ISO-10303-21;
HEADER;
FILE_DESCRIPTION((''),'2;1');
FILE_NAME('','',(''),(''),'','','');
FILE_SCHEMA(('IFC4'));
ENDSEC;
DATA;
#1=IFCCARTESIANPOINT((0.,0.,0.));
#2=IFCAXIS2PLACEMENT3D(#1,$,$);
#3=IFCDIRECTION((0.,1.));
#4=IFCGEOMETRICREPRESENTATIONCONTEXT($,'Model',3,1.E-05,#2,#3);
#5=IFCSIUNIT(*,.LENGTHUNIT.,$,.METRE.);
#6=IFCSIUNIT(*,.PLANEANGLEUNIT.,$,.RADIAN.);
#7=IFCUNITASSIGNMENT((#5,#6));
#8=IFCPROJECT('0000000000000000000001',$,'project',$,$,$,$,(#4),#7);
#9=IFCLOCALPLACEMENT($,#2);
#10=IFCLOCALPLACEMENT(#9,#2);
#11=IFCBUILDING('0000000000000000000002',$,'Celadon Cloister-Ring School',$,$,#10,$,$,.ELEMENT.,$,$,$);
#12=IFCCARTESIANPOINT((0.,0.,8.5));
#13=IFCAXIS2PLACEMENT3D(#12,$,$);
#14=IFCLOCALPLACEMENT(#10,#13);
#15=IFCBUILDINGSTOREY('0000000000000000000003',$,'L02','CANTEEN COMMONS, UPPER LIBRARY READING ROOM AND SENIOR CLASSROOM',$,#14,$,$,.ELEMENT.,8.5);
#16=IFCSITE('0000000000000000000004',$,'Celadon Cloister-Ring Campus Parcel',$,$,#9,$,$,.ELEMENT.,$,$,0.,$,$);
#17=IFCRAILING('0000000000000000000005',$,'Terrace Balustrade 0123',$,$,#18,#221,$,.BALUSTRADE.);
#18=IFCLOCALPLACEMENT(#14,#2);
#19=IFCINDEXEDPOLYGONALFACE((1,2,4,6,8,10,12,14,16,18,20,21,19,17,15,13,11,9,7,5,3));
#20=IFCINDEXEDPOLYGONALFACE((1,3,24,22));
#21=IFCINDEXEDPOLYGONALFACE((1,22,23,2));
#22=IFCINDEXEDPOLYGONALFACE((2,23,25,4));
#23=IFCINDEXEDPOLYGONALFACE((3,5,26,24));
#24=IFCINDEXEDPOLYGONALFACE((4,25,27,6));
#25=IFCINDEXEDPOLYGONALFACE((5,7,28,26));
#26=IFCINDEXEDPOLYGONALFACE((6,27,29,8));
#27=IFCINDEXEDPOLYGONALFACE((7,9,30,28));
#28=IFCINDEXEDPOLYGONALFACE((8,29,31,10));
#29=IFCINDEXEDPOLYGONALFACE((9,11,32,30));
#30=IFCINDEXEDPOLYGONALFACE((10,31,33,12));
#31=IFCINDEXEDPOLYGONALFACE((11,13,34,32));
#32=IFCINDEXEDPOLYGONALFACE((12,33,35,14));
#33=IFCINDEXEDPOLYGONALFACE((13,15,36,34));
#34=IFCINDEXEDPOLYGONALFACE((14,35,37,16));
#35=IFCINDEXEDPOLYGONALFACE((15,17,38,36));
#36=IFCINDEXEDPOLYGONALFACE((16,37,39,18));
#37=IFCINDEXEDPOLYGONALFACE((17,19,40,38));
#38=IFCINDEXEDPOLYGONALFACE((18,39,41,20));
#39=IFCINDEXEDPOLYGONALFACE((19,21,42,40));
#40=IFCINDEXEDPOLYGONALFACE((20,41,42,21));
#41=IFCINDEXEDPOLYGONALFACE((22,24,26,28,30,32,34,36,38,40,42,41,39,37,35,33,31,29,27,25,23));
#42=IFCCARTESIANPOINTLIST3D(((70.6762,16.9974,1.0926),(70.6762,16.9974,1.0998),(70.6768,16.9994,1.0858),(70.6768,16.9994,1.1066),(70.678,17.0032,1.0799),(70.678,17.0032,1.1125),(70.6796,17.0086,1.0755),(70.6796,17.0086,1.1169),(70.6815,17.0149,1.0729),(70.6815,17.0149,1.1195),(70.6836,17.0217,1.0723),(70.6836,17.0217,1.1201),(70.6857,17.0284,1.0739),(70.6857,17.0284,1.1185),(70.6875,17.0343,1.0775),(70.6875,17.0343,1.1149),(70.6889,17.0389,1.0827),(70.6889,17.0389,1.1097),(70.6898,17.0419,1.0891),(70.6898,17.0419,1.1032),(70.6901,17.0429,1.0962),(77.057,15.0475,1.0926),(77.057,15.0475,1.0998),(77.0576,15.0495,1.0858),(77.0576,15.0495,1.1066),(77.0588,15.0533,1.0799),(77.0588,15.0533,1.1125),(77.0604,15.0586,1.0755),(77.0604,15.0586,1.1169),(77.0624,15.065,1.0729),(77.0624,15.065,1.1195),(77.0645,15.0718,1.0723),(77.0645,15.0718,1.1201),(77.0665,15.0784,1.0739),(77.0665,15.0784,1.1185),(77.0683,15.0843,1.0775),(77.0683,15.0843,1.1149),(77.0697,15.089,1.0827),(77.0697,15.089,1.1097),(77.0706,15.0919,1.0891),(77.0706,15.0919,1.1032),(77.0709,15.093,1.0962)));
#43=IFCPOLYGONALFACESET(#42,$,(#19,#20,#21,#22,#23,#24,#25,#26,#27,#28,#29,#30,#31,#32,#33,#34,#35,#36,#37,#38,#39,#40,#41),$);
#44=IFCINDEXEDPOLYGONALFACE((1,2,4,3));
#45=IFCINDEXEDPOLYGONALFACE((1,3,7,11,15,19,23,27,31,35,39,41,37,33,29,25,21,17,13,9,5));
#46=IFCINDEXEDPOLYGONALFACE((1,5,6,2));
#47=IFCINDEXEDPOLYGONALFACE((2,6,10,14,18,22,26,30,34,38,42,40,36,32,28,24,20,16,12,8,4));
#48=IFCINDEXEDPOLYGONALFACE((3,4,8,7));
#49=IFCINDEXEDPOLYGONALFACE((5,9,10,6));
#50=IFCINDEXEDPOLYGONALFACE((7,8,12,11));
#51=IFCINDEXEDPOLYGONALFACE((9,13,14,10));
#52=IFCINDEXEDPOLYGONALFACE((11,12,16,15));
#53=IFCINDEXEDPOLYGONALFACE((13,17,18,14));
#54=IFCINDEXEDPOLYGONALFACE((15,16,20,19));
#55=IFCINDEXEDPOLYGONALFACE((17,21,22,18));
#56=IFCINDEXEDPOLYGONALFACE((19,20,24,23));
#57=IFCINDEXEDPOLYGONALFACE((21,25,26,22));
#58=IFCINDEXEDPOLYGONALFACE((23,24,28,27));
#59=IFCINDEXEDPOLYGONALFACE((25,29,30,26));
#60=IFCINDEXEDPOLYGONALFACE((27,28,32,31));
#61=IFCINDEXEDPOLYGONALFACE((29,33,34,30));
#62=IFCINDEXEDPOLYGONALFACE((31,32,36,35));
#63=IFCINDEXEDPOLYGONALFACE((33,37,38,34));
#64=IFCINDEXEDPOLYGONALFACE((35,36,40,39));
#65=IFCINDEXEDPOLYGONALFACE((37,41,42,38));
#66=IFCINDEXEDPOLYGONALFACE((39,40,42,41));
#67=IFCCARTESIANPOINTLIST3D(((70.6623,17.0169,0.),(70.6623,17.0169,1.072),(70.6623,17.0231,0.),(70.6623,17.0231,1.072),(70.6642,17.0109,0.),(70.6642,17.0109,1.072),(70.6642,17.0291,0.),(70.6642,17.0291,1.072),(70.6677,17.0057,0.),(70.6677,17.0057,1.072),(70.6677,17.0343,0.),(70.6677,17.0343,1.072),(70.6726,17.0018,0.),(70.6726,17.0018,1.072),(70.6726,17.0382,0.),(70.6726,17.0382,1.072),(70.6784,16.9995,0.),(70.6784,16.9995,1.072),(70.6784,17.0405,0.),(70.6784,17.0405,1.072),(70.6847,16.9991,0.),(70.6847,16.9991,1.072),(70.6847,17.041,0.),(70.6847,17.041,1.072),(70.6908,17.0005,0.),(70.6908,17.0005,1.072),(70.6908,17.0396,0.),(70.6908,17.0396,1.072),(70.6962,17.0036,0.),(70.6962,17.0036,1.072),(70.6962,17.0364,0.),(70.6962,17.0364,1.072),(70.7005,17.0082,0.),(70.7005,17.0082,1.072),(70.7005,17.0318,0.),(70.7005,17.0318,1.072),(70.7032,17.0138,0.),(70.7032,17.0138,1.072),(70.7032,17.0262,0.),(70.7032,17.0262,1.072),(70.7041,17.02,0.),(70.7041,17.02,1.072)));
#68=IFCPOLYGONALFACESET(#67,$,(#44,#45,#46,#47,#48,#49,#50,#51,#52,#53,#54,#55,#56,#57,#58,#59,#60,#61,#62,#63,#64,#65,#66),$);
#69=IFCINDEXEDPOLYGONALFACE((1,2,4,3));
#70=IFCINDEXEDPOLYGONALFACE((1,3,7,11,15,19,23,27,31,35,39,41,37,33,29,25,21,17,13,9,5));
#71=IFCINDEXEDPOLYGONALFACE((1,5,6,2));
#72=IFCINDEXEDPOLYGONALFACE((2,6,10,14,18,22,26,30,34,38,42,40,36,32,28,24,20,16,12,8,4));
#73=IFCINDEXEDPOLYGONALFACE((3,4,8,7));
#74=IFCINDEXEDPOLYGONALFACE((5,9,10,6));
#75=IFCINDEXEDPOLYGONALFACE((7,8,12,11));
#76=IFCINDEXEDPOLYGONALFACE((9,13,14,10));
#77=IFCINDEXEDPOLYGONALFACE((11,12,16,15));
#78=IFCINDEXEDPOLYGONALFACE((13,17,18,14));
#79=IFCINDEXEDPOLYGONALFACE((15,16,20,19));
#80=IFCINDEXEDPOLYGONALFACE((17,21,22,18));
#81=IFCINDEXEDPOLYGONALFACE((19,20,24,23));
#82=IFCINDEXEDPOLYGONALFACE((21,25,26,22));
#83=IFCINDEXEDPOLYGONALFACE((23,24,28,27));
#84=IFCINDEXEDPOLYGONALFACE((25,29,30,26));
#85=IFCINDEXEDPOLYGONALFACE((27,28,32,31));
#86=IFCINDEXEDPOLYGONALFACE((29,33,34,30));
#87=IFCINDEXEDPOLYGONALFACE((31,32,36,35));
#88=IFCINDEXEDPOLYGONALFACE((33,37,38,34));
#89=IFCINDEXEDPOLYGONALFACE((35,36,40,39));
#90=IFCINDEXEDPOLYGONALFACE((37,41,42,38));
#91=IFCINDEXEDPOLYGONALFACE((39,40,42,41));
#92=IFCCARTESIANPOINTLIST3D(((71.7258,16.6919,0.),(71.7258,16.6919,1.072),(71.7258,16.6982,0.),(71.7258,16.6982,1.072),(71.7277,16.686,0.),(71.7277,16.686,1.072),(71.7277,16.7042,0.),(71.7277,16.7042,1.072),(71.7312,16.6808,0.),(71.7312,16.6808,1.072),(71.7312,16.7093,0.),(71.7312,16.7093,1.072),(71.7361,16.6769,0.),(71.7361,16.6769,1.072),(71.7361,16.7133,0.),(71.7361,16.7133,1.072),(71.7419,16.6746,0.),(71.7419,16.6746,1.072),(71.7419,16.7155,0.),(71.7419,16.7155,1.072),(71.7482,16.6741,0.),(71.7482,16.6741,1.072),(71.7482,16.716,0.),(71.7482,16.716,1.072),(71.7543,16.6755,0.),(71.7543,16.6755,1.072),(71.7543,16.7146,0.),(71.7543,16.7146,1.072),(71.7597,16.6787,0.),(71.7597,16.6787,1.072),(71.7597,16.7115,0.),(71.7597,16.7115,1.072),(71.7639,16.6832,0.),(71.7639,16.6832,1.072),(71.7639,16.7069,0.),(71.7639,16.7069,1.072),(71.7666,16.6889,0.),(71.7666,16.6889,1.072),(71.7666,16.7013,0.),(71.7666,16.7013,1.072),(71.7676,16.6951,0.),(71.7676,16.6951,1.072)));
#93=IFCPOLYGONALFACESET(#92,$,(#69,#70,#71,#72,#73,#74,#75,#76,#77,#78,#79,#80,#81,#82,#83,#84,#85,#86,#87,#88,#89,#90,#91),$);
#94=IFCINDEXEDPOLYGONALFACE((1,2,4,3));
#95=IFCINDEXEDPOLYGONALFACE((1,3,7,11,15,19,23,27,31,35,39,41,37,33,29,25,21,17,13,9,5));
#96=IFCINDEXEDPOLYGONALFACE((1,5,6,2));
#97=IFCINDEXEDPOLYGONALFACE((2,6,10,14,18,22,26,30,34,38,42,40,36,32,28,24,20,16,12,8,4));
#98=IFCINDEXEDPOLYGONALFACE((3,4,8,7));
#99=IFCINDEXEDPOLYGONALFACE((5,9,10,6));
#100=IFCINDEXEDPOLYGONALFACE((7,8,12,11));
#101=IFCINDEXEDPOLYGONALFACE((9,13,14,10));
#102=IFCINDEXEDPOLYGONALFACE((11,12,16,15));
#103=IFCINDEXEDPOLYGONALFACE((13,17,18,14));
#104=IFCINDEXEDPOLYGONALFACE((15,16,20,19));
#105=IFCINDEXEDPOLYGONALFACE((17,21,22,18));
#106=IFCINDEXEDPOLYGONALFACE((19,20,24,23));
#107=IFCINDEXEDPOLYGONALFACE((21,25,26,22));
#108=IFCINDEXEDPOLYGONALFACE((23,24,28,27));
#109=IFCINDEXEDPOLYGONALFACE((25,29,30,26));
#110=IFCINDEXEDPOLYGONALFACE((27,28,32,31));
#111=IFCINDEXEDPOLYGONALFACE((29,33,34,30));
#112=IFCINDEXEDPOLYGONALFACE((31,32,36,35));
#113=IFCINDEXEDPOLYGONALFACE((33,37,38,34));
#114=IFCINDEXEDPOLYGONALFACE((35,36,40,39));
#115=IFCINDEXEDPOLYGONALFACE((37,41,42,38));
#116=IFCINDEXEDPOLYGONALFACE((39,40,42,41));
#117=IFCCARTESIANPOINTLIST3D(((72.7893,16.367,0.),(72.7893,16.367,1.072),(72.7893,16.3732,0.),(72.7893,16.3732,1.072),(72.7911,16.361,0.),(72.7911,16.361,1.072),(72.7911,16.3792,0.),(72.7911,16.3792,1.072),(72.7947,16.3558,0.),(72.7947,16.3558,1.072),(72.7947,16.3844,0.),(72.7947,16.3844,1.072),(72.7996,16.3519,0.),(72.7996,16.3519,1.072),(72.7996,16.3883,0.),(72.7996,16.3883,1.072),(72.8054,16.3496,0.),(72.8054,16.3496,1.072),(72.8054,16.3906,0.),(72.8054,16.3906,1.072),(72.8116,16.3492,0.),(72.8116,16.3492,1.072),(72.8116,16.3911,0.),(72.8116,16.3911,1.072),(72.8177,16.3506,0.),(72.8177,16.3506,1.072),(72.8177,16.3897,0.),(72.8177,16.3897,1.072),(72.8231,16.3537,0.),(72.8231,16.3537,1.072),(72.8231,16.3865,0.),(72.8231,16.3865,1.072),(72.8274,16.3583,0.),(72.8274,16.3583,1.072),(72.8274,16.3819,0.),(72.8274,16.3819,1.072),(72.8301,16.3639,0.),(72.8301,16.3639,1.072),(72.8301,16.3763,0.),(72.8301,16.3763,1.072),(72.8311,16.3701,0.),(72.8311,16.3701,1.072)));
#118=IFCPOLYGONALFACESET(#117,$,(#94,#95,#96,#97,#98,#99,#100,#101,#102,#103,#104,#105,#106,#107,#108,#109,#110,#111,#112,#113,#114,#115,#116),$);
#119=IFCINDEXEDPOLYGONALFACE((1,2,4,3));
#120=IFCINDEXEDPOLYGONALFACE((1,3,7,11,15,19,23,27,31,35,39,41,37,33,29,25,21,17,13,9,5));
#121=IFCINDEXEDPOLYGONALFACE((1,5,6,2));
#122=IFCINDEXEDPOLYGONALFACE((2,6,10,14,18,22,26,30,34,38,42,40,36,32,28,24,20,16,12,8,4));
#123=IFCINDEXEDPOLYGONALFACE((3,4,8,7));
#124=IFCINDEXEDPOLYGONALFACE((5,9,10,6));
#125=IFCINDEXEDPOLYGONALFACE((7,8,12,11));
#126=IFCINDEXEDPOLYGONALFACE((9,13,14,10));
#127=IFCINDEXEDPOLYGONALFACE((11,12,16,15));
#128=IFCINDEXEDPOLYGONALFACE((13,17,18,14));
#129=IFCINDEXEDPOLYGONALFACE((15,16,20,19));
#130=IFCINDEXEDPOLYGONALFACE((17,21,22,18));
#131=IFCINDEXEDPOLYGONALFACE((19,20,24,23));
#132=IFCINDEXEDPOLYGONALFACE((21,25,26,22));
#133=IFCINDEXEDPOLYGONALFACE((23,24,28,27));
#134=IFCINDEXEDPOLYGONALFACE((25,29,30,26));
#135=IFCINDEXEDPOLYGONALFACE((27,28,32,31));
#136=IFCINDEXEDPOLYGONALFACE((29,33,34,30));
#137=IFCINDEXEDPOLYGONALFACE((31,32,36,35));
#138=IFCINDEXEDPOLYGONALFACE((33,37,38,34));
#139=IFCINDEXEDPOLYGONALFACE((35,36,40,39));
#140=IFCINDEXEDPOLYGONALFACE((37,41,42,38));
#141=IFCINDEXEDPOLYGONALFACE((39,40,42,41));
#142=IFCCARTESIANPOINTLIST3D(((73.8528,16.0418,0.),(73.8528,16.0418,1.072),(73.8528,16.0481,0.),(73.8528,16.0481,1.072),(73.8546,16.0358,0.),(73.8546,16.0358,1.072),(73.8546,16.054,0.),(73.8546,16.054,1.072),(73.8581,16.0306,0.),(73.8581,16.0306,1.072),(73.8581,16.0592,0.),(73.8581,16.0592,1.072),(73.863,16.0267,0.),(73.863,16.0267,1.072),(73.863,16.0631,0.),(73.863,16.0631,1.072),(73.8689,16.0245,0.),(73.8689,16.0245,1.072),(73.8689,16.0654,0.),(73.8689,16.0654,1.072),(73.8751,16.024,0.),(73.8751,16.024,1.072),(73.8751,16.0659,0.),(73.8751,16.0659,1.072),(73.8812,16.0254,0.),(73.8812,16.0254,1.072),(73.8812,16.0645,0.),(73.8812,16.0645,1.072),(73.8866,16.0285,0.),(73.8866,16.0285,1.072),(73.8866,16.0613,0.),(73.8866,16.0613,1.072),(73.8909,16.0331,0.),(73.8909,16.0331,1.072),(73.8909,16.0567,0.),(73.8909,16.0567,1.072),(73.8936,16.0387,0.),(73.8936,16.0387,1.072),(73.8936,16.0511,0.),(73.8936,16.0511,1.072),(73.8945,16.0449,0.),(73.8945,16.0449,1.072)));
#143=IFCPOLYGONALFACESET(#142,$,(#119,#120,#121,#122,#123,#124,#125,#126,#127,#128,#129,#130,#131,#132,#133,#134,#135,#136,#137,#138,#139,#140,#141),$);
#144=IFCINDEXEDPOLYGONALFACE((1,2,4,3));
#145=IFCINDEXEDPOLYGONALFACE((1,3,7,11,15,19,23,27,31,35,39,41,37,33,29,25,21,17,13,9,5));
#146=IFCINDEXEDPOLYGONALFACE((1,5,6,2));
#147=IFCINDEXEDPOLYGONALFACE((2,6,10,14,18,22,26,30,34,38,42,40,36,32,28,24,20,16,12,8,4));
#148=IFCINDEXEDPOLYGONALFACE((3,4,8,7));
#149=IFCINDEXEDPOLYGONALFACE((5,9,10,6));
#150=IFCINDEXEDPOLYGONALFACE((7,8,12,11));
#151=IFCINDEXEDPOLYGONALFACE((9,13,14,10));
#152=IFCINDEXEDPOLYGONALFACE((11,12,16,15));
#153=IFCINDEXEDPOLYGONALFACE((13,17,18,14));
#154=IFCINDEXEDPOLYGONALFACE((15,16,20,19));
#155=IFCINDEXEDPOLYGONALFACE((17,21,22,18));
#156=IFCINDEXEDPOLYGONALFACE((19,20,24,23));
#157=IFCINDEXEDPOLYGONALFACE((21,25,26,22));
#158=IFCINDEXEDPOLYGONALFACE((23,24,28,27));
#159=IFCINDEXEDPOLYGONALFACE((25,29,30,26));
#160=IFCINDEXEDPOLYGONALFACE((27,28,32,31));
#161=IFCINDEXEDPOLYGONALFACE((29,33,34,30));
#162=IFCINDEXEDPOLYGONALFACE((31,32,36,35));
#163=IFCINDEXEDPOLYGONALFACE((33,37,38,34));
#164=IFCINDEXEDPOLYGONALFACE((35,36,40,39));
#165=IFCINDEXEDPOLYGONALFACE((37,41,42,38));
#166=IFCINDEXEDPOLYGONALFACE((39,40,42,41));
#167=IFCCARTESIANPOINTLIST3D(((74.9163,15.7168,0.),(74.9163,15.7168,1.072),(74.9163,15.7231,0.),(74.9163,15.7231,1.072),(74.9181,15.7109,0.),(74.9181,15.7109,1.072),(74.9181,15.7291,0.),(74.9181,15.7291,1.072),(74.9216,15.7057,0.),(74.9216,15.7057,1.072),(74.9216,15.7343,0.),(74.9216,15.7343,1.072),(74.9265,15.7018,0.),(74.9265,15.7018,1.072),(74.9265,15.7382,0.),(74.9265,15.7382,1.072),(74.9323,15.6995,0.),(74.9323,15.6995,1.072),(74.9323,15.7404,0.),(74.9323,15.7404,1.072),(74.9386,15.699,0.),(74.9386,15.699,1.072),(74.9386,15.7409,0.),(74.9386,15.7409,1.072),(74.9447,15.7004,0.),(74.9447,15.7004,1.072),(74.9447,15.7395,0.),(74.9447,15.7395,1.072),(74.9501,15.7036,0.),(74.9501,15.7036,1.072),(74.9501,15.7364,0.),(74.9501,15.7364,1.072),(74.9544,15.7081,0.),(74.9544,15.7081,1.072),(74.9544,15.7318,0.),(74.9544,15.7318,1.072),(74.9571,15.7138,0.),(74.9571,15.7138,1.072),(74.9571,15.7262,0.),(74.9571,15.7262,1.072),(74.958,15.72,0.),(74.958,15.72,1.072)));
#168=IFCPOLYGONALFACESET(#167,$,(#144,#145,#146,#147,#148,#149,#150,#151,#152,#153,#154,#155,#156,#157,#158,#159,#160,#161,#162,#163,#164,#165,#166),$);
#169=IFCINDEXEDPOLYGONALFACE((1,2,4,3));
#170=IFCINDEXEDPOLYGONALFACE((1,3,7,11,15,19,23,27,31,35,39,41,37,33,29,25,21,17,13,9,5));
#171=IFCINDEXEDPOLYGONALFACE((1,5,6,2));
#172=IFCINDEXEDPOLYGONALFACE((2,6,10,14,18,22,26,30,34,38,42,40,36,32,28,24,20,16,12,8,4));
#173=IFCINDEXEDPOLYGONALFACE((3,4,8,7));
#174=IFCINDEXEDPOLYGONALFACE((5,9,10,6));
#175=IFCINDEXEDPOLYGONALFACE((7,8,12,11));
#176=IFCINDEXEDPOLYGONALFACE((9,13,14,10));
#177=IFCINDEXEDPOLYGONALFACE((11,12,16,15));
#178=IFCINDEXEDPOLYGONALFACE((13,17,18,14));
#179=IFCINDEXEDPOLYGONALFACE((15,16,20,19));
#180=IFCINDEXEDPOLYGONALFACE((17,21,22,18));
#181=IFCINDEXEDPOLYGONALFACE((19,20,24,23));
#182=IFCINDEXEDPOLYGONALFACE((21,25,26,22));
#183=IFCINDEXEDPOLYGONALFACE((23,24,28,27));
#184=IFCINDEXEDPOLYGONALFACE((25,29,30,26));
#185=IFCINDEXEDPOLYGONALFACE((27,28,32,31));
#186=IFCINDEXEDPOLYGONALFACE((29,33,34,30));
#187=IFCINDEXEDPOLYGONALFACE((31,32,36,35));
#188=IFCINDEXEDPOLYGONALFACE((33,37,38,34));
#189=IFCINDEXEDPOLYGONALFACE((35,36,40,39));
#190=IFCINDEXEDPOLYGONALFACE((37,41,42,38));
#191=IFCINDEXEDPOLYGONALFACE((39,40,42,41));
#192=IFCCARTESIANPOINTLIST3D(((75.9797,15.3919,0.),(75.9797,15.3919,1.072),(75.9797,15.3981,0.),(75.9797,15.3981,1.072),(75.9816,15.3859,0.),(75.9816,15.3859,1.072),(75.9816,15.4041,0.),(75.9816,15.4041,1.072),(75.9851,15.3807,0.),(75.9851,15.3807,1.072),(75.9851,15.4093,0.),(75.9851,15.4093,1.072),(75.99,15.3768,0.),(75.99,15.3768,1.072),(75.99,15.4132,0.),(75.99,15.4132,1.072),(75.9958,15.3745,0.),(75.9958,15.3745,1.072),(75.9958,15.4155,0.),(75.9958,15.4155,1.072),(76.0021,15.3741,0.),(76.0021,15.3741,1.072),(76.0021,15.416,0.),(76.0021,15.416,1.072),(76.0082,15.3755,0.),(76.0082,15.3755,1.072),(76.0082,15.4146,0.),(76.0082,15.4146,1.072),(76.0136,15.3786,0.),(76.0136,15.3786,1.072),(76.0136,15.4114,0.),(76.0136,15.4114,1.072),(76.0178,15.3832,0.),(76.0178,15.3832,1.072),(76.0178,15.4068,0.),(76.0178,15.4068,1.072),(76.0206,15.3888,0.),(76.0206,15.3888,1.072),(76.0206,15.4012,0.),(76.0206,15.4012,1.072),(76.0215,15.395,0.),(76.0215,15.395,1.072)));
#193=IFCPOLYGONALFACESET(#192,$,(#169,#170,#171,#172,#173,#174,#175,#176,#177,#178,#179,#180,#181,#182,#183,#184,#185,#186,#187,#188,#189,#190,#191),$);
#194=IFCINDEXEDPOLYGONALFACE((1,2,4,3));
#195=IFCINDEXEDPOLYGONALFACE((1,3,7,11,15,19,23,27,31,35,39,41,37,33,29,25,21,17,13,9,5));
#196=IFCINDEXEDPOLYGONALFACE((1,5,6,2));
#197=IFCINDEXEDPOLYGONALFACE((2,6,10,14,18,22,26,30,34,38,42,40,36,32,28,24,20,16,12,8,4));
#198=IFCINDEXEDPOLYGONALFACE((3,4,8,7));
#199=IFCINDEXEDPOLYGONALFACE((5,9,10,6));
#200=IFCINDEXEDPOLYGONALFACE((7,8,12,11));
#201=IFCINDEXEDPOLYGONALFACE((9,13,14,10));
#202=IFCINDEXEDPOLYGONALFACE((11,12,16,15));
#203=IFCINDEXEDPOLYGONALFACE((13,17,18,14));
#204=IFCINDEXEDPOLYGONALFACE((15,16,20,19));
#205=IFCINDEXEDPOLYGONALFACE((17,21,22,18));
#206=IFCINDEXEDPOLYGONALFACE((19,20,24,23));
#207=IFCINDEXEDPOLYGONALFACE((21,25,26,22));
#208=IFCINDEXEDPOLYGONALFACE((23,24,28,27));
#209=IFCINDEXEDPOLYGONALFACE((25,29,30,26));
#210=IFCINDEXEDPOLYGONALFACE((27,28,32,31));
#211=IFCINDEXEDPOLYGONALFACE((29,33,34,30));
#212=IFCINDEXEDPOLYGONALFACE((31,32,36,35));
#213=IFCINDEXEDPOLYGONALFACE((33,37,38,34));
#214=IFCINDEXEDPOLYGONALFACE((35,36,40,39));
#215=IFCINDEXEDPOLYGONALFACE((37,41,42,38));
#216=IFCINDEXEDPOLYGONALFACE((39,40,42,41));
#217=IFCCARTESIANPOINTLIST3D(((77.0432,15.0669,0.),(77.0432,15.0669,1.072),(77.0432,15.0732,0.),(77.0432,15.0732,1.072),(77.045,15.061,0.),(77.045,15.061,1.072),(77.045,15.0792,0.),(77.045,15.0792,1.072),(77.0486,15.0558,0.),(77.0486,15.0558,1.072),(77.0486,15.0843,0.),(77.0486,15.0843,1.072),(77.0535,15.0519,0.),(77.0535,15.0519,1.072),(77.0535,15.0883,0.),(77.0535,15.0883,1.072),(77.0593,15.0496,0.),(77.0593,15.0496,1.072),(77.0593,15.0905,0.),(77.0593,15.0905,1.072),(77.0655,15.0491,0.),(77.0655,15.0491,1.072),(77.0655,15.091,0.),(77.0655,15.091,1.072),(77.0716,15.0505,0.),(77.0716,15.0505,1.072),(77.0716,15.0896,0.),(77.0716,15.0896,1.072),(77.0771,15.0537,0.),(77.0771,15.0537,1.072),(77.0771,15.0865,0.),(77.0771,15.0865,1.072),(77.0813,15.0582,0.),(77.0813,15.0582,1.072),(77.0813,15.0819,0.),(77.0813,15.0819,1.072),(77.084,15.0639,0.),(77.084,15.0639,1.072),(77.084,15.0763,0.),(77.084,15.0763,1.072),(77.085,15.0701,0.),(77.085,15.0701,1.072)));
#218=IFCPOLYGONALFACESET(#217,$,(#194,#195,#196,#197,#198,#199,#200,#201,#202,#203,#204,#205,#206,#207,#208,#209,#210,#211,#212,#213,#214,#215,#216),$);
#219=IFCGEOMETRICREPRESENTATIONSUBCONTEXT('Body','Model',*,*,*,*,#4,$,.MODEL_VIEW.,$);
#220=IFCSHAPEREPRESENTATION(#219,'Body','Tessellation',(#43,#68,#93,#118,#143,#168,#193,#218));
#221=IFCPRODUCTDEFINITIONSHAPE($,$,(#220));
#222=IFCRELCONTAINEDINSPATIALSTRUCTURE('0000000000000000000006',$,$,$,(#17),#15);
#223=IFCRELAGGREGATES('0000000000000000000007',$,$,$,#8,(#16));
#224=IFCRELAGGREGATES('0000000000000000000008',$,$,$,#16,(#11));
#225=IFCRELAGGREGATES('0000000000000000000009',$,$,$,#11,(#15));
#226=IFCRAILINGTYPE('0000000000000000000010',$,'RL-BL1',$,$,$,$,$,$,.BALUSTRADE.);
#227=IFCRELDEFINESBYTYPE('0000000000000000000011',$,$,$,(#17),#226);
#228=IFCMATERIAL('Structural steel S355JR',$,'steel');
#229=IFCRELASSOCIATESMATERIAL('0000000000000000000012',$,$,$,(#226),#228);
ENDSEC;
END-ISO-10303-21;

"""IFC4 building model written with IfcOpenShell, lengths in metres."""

from ifc_helpers import new_model, si_unit, direction, frame, origin, origin_2d, place, context, subcontext, project, spatial, circle, extrude, material, type_object, element, save


model = new_model("IFC4")

# Units and contexts
model_context = context("Model", 3, precision=1e-05, world=origin(), true_north=direction((0.0, 1.0)))
body_context = subcontext(model_context, "Body", "Model", "MODEL_VIEW")
ifc_project = project(units=[si_unit("LENGTHUNIT", "METRE"), si_unit("PLANEANGLEUNIT", "RADIAN")], contexts=[model_context])

# Site, building, storey
site_placement = place(None, origin())
site = spatial("IfcSite", under=ifc_project, at=site_placement, Name="Celadon Cloister-Ring Campus Parcel", CompositionType="ELEMENT", RefElevation=0.0)
building_placement = place(site_placement, origin())
building = spatial("IfcBuilding", under=site, at=building_placement, Name="Celadon Cloister-Ring School", CompositionType="ELEMENT")
storey_placement = place(building_placement, frame((0.0, 0.0, 8.5)))
storey = spatial("IfcBuildingStorey", under=building, at=storey_placement, Name="L02", Description="CANTEEN COMMONS, UPPER LIBRARY READING ROOM AND SENIOR CLASSROOM", CompositionType="ELEMENT", Elevation=8.5)

# Railing
ifc_material_1 = material(Name="Structural steel S355JR", Category="steel")
railing_type = type_object("IfcRailingType", Name="RL-BL1", PredefinedType="BALUSTRADE", material=ifc_material_1)
railing_1_placement = place(storey_placement, frame((70.6831, 17.02, 0.0)))
element("IfcRailing", 1, at=railing_1_placement, inside=storey, type_object=railing_type, Name="Terrace Balustrade 0123", PredefinedType="BALUSTRADE", context=body_context, shape_type="SweptSolid", body=[
    extrude(circle(Radius=0.0239, at=origin_2d()), frame((0.0, 0.0, 1.0962), z_axis=(0.956341, -0.292252, 0.0), x_axis=(0.292252, 0.956341, 0.0)), (0.0, 0.0, 1.0), 6.6721),
    extrude(circle(Radius=0.021, at=origin_2d()), origin(), (0.0, 0.0, 1.0), 1.072),
    extrude(circle(Radius=0.021, at=origin_2d()), frame((1.0635, -0.325, 0.0)), (0.0, 0.0, 1.0), 1.072),
    extrude(circle(Radius=0.021, at=origin_2d()), frame((2.127, -0.6499, 0.0)), (0.0, 0.0, 1.0), 1.072),
    extrude(circle(Radius=0.021, at=origin_2d()), frame((3.1904, -0.9751, 0.0)), (0.0, 0.0, 1.0), 1.072),
    extrude(circle(Radius=0.021, at=origin_2d()), frame((4.2539, -1.3, 0.0)), (0.0, 0.0, 1.0), 1.072),
    extrude(circle(Radius=0.021, at=origin_2d()), frame((5.3174, -1.625, 0.0)), (0.0, 0.0, 1.0), 1.072),
    extrude(circle(Radius=0.021, at=origin_2d()), frame((6.3809, -1.95, 0.0)), (0.0, 0.0, 1.0), 1.072),
])

save(model, "model.ifc")
